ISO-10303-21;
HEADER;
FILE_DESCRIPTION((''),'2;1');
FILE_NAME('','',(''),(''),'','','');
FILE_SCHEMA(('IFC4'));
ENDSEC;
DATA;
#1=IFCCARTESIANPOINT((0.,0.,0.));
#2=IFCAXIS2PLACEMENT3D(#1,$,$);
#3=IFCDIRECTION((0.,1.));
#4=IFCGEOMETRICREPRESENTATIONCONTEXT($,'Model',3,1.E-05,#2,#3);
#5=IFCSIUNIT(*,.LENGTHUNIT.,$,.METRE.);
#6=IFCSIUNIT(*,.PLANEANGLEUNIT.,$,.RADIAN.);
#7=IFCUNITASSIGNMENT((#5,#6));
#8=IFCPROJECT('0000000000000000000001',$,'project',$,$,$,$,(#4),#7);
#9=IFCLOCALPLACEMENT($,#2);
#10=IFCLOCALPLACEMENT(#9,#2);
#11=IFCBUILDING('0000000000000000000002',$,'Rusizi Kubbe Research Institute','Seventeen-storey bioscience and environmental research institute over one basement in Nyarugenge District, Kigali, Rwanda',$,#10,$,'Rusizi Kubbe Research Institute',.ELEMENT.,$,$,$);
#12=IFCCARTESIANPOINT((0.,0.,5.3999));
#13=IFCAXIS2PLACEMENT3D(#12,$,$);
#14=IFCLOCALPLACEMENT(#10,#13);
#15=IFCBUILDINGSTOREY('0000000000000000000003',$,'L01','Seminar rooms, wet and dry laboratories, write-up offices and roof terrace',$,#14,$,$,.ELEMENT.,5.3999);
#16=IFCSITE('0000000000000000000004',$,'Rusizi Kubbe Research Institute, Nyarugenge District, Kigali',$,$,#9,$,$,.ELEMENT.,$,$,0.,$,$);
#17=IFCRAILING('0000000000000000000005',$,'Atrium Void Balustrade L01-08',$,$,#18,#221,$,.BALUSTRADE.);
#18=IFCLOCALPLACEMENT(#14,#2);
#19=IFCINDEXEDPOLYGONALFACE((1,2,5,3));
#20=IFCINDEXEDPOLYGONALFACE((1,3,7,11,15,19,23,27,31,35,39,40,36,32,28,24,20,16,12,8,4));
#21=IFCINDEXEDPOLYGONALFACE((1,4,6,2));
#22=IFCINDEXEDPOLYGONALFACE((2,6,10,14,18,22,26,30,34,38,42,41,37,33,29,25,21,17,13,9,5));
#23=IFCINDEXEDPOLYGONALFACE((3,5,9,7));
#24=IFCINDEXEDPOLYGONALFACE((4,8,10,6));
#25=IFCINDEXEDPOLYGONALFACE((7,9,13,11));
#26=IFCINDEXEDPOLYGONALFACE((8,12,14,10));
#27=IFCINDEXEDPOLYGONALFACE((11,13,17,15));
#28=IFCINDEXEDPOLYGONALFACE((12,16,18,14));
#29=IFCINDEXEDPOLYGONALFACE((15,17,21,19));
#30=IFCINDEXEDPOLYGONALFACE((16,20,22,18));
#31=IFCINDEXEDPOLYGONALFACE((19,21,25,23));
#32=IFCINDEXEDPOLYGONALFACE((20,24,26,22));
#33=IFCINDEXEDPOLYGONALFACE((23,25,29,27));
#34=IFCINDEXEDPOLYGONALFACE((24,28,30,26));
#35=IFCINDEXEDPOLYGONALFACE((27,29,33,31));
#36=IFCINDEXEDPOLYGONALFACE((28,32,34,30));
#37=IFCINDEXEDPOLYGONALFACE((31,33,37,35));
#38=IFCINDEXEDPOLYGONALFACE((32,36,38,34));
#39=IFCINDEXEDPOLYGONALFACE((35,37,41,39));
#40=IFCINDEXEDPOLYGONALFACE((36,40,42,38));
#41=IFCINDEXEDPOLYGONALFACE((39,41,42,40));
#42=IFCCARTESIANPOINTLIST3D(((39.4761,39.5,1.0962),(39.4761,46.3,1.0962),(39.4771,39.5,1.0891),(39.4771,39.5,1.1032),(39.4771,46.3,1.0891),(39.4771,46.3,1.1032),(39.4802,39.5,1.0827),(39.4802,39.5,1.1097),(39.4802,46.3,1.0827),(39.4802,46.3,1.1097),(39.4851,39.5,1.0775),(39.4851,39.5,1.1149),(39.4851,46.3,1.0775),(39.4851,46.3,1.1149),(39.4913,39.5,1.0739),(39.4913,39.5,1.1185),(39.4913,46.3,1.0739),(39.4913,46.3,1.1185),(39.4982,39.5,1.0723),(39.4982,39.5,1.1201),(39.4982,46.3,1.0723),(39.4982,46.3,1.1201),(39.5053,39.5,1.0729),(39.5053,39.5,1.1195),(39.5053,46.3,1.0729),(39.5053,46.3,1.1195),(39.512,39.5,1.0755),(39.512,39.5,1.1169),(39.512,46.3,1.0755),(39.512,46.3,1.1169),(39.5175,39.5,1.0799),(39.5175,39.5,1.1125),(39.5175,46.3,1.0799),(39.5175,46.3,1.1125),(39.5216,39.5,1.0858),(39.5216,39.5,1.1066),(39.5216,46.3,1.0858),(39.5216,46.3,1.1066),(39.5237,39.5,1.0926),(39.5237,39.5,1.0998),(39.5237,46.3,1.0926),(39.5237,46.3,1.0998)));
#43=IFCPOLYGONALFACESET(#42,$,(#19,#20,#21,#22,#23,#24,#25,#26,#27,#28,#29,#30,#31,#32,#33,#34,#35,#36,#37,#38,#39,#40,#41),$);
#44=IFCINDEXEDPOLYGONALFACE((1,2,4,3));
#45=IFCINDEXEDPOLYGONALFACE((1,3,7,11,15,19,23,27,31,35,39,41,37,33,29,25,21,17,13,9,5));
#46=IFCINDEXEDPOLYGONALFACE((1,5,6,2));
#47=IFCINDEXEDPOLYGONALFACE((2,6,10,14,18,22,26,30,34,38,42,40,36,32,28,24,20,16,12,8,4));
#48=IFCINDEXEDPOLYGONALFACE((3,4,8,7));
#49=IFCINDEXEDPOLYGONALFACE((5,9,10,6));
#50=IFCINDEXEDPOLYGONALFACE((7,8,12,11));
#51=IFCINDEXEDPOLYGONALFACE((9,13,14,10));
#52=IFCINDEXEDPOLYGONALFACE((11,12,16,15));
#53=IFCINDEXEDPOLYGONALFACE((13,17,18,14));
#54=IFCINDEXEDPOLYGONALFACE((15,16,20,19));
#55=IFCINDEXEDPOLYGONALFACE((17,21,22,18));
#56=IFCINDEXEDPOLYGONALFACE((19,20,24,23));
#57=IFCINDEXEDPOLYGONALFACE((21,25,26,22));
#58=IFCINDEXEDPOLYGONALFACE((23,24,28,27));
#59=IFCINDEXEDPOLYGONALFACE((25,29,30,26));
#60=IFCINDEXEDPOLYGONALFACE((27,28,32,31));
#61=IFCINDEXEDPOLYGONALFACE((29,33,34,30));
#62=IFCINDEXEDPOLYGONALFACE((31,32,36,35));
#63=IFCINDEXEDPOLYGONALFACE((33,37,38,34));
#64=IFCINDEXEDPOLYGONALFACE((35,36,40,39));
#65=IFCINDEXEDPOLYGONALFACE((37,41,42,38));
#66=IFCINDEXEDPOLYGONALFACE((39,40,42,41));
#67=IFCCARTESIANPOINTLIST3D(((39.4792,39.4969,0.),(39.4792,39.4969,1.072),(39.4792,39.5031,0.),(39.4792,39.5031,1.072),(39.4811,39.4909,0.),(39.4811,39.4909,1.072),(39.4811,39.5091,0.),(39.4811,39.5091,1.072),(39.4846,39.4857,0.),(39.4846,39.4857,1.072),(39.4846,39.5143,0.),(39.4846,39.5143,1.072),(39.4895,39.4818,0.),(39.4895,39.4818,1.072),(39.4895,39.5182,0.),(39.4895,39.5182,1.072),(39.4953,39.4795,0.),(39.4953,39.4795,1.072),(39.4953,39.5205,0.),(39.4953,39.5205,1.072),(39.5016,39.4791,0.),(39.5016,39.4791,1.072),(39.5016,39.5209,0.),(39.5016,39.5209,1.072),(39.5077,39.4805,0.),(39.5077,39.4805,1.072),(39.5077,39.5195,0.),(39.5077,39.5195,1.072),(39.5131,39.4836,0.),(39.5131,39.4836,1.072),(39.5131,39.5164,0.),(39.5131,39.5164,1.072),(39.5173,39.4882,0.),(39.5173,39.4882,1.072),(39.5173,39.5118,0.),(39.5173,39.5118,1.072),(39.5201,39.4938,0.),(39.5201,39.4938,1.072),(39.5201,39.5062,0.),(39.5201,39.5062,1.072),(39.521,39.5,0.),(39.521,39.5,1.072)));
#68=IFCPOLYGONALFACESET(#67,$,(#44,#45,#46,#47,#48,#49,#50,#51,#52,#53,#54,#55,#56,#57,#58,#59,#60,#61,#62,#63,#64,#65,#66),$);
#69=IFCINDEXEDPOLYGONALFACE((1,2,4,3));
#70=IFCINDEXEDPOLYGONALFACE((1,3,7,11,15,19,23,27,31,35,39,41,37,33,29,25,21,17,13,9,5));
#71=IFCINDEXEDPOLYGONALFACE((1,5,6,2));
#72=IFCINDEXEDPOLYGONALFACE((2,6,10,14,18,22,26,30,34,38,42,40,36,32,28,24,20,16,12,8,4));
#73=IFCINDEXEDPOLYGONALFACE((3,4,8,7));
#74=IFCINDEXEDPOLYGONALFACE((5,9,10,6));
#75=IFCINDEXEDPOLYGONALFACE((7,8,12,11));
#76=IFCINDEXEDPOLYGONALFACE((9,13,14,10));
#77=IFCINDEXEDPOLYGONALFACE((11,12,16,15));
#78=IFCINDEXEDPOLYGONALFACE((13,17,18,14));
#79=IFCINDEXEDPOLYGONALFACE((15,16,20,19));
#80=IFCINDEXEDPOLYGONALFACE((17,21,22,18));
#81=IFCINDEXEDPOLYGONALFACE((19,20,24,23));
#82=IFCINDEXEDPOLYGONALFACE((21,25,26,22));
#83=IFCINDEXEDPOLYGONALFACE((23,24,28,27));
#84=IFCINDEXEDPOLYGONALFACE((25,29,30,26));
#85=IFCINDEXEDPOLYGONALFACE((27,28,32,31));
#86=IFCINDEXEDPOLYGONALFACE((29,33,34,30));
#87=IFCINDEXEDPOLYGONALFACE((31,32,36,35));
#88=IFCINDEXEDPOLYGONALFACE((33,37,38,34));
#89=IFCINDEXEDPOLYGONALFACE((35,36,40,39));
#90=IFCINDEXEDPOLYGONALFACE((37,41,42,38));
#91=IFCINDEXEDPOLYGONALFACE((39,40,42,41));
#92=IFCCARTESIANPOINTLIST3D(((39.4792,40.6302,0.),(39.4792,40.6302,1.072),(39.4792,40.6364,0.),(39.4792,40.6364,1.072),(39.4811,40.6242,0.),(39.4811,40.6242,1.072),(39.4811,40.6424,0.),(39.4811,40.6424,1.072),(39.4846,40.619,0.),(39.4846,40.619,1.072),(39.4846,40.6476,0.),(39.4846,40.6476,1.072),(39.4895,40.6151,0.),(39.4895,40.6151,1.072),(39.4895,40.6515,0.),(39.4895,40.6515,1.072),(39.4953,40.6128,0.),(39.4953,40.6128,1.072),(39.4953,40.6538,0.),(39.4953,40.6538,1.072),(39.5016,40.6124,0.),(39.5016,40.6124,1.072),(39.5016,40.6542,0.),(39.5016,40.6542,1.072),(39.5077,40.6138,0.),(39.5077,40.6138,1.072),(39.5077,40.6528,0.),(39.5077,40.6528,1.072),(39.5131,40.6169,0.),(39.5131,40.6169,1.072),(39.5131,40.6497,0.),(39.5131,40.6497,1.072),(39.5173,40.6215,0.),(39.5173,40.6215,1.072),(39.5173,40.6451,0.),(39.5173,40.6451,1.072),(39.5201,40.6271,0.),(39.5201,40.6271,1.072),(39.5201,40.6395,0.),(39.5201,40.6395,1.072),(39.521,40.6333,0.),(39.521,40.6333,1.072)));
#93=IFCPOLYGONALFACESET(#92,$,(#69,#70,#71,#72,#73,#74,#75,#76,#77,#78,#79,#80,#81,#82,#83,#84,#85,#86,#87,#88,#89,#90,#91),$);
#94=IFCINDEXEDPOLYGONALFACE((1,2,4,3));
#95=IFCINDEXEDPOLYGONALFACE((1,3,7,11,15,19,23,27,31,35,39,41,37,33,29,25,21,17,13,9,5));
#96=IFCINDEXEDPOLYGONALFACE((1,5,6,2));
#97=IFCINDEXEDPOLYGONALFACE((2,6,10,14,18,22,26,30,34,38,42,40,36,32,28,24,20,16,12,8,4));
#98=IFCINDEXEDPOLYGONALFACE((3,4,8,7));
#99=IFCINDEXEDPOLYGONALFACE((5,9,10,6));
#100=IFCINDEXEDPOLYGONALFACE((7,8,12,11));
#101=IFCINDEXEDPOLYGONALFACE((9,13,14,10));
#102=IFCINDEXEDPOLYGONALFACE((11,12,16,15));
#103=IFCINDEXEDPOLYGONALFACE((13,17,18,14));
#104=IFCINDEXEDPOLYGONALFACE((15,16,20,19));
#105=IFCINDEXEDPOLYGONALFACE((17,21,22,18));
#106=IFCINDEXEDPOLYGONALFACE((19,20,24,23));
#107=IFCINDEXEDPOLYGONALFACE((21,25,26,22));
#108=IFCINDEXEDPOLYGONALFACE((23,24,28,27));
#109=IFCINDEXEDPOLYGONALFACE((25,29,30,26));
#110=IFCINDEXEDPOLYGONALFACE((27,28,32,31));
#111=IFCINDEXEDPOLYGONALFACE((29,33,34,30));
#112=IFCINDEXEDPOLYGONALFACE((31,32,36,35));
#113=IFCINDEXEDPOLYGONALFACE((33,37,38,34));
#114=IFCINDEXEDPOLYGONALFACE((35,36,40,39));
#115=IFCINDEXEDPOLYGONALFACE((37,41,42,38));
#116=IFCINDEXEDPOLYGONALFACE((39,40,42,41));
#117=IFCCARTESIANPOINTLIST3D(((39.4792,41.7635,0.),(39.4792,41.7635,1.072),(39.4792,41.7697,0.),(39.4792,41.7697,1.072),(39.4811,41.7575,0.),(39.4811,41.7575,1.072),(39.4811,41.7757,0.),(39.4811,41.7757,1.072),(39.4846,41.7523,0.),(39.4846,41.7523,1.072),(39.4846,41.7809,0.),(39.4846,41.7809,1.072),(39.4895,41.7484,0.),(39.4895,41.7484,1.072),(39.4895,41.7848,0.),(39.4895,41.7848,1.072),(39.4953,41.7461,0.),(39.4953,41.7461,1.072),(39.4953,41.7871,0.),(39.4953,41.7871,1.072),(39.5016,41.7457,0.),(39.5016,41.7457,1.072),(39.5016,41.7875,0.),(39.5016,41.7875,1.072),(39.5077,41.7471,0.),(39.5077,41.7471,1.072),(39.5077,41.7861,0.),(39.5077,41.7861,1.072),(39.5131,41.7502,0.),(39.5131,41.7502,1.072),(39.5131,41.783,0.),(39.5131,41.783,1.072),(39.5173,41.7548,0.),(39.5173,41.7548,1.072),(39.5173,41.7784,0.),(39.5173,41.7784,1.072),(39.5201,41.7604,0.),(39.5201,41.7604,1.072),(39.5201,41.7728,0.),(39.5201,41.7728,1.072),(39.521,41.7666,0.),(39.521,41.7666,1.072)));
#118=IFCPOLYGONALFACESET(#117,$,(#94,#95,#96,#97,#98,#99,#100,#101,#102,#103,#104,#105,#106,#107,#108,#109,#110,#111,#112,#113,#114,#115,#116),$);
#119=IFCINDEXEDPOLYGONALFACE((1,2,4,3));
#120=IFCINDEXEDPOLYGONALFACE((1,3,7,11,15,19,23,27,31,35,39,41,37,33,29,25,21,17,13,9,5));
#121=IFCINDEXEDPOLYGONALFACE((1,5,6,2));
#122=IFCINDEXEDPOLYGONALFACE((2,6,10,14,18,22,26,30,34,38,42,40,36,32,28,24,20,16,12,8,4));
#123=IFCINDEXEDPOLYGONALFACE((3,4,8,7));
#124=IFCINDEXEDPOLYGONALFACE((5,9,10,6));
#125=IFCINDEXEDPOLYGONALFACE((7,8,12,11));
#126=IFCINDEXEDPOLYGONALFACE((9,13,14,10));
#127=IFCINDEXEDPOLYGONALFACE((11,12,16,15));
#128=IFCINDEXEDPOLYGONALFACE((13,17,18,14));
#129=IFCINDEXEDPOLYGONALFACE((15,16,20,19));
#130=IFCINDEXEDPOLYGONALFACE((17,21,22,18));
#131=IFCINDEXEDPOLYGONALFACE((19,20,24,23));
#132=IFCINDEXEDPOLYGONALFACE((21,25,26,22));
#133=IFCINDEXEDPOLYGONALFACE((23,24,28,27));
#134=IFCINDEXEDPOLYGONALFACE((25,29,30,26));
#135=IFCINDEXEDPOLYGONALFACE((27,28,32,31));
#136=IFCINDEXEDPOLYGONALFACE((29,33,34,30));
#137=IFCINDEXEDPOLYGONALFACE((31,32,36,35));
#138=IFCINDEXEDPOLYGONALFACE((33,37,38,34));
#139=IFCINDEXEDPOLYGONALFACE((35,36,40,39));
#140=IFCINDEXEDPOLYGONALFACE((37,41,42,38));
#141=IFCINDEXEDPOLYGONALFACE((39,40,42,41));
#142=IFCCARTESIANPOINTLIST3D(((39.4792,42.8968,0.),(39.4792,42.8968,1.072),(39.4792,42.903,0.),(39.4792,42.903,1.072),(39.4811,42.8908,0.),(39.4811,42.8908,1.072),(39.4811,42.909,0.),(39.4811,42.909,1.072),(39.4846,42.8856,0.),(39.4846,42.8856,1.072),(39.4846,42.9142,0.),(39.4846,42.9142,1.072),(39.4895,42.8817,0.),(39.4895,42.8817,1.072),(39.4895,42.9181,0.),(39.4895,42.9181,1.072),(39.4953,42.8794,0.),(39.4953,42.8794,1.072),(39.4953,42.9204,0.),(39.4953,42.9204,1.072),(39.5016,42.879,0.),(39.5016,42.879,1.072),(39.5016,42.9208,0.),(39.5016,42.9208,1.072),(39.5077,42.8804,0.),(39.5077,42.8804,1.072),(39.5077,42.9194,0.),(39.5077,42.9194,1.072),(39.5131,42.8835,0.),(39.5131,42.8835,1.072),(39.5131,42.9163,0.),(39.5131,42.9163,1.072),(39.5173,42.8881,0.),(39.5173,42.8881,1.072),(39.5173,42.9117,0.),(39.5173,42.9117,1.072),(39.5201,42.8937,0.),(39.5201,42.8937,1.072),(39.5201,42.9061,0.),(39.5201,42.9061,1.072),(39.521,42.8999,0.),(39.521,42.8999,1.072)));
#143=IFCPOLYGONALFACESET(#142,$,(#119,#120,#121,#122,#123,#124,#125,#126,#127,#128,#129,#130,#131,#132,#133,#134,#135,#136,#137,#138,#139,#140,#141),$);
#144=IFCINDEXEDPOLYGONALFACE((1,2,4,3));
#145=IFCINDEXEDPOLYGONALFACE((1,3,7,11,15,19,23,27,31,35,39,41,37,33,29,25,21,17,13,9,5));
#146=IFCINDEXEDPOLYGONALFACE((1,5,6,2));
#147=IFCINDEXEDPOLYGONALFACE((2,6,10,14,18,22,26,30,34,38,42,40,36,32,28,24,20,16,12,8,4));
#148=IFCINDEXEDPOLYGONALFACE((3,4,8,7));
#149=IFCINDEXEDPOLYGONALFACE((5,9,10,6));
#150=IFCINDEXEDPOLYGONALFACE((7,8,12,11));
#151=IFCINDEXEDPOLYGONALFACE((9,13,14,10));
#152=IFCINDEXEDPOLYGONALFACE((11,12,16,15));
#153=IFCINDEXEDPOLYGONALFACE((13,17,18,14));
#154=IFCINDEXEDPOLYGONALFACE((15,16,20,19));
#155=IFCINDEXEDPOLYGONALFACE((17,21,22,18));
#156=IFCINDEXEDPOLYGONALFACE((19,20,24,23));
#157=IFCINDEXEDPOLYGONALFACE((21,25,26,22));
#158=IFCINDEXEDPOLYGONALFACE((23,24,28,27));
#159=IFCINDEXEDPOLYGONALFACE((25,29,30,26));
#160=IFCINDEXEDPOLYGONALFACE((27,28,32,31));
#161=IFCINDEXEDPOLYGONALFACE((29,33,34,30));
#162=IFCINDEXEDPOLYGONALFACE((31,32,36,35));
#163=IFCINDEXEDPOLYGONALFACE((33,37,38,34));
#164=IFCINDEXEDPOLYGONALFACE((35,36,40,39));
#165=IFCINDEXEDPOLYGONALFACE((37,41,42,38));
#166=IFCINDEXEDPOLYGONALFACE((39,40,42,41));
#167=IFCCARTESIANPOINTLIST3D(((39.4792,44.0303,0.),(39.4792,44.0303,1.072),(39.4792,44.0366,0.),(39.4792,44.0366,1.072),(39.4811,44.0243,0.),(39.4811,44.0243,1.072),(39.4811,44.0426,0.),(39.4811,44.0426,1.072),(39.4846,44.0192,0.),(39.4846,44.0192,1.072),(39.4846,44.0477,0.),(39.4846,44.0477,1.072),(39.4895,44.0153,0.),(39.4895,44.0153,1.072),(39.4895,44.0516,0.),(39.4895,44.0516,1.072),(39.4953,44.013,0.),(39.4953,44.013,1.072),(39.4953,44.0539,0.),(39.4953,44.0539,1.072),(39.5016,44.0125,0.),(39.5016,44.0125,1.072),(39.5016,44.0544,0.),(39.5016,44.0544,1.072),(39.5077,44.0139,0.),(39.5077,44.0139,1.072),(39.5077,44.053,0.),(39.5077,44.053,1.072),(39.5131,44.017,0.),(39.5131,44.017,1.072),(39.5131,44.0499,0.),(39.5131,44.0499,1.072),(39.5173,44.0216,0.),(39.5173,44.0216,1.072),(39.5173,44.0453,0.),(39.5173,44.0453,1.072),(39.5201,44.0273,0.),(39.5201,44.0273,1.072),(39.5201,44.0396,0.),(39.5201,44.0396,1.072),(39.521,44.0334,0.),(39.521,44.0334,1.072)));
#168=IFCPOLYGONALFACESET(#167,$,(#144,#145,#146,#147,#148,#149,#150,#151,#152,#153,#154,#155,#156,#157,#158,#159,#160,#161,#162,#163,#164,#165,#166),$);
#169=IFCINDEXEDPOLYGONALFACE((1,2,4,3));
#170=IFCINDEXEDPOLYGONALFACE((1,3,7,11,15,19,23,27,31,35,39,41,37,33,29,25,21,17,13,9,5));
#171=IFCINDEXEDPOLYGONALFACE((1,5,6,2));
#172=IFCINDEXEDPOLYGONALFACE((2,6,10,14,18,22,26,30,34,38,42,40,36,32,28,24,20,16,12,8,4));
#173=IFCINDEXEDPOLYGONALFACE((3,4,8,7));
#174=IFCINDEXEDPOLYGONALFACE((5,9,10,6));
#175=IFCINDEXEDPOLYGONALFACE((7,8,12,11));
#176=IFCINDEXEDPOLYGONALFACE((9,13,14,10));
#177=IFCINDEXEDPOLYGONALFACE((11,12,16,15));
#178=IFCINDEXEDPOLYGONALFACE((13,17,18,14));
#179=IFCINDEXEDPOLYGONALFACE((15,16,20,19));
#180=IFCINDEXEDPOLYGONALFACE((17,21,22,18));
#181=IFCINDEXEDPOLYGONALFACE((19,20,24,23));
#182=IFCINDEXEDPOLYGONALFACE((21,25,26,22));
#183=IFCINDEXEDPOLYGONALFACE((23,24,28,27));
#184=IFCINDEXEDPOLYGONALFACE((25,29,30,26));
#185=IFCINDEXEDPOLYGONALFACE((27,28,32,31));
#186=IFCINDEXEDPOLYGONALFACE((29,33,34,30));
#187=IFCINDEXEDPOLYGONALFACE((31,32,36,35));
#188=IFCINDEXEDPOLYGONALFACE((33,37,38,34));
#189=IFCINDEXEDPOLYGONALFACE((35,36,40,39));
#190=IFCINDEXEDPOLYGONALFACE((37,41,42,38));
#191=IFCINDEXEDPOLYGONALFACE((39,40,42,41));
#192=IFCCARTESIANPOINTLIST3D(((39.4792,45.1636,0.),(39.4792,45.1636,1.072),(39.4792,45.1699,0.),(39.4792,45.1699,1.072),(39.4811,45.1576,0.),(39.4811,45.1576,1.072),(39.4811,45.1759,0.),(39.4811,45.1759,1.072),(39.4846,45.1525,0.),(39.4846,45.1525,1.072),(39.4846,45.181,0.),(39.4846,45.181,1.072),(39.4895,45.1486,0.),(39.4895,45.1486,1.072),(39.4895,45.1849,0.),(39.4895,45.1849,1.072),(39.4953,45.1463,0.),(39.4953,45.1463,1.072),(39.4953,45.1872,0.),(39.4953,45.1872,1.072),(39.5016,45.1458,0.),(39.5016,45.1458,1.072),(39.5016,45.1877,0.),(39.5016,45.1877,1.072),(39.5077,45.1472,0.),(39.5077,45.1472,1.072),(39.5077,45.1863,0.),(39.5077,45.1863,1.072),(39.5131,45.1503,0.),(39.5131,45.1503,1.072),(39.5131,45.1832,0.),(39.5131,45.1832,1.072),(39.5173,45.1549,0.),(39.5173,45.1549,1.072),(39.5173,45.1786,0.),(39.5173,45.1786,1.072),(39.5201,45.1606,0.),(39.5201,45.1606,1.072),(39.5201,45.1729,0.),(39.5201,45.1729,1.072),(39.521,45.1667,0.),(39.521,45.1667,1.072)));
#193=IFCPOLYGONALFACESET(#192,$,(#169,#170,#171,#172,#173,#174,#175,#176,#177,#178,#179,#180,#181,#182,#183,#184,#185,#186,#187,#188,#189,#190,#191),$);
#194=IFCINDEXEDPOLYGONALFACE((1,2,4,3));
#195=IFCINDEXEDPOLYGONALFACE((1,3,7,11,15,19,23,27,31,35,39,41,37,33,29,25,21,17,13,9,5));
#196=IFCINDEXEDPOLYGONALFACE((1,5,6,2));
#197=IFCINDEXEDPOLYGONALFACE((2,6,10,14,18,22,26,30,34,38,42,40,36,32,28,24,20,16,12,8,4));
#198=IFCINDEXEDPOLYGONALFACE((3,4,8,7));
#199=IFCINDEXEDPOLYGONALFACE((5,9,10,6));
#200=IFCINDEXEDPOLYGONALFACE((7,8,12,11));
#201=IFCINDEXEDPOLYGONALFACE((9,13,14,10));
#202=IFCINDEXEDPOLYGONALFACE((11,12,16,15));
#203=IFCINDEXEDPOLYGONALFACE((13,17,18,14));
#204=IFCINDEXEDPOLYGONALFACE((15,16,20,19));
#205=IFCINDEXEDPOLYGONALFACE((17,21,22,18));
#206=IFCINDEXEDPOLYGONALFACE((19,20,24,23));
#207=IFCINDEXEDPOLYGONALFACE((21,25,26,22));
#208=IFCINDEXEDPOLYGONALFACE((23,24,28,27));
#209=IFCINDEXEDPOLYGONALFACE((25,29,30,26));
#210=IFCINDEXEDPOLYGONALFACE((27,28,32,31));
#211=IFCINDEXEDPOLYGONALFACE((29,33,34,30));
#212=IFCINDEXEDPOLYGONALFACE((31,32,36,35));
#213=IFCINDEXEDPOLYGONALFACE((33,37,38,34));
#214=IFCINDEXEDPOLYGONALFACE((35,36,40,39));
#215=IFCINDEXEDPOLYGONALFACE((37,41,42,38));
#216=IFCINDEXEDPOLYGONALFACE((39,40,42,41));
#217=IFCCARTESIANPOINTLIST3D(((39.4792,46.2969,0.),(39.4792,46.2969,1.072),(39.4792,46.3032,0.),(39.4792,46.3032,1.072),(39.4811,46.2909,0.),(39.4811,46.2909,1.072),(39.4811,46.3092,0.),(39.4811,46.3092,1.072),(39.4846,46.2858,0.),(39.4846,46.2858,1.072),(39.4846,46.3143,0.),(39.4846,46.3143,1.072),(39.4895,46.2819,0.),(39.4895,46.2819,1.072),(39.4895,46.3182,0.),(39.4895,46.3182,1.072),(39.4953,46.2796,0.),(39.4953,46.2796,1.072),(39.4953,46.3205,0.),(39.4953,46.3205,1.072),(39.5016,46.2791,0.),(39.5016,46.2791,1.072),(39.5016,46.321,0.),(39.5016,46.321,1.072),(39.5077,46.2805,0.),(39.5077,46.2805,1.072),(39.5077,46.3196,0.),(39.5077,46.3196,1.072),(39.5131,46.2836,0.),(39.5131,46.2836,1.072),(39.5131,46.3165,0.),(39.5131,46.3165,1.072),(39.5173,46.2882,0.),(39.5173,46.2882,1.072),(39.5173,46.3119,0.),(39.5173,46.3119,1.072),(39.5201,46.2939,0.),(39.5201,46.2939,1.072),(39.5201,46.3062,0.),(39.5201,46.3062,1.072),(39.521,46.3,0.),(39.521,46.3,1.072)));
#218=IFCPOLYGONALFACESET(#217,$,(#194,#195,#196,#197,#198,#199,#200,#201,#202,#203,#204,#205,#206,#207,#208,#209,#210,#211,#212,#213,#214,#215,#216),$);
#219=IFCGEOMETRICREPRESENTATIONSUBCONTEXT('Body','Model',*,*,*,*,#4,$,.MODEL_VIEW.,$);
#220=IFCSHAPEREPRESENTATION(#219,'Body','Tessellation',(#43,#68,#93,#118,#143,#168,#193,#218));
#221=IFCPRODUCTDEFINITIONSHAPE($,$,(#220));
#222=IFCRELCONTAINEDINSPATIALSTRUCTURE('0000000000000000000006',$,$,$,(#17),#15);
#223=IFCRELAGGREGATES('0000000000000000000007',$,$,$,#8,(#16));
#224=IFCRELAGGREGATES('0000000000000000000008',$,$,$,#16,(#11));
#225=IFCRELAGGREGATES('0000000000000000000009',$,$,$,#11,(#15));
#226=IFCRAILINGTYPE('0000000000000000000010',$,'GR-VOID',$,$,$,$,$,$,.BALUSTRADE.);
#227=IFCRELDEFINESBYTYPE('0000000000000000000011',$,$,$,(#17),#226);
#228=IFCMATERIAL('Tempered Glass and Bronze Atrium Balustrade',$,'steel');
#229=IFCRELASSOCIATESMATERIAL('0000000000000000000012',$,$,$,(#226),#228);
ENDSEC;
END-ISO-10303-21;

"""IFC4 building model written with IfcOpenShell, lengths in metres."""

from ifc_helpers import new_model, si_unit, direction, frame, origin, origin_2d, place, context, subcontext, project, spatial, circle, extrude, material, type_object, element, save


model = new_model("IFC4")

# Units and contexts
model_context = context("Model", 3, precision=1e-05, world=origin(), true_north=direction((0.0, 1.0)))
body_context = subcontext(model_context, "Body", "Model", "MODEL_VIEW")
ifc_project = project(units=[si_unit("LENGTHUNIT", "METRE"), si_unit("PLANEANGLEUNIT", "RADIAN")], contexts=[model_context])

# Site, building, storey
site_placement = place(None, origin())
site = spatial("IfcSite", under=ifc_project, at=site_placement, Name="Rusizi Kubbe Research Institute, Nyarugenge District, Kigali", CompositionType="ELEMENT", RefElevation=0.0)
building_placement = place(site_placement, origin())
building = spatial("IfcBuilding", under=site, at=building_placement, Name="Rusizi Kubbe Research Institute", Description="Seventeen-storey bioscience and environmental research institute over one basement in Nyarugenge District, Kigali, Rwanda", LongName="Rusizi Kubbe Research Institute", CompositionType="ELEMENT")
storey_placement = place(building_placement, frame((0.0, 0.0, 5.3999)))
storey = spatial("IfcBuildingStorey", under=building, at=storey_placement, Name="L01", Description="Seminar rooms, wet and dry laboratories, write-up offices and roof terrace", CompositionType="ELEMENT", Elevation=5.3999)

# Railing
ifc_material_1 = material(Name="Tempered Glass and Bronze Atrium Balustrade", Category="steel")
railing_type = type_object("IfcRailingType", Name="GR-VOID", PredefinedType="BALUSTRADE", material=ifc_material_1)
railing_1_placement = place(storey_placement, frame((39.5, 39.5, 0.0)))
element("IfcRailing", 1, at=railing_1_placement, inside=storey, type_object=railing_type, Name="Atrium Void Balustrade L01-08", PredefinedType="BALUSTRADE", context=body_context, shape_type="SweptSolid", body=[
    extrude(circle(Radius=0.0239, at=origin_2d()), frame((0.0, 0.0, 1.0962), z_axis=(0.0, 1.0, 0.0), x_axis=(-1.0, 0.0, 0.0)), (0.0, 0.0, 1.0), 6.8),
    extrude(circle(Radius=0.021, at=origin_2d()), origin(), (0.0, 0.0, 1.0), 1.072),
    extrude(circle(Radius=0.021, at=origin_2d()), frame((0.0, 1.1333, 0.0)), (0.0, 0.0, 1.0), 1.072),
    extrude(circle(Radius=0.021, at=origin_2d()), frame((0.0, 2.2666, 0.0)), (0.0, 0.0, 1.0), 1.072),
    extrude(circle(Radius=0.021, at=origin_2d()), frame((0.0, 3.3999, 0.0)), (0.0, 0.0, 1.0), 1.072),
    extrude(circle(Radius=0.021, at=origin_2d()), frame((0.0, 4.5334, 0.0)), (0.0, 0.0, 1.0), 1.072),
    extrude(circle(Radius=0.021, at=origin_2d()), frame((0.0, 5.6667, 0.0)), (0.0, 0.0, 1.0), 1.072),
    extrude(circle(Radius=0.021, at=origin_2d()), frame((0.0, 6.8, 0.0)), (0.0, 0.0, 1.0), 1.072),
])

save(model, "model.ifc")
